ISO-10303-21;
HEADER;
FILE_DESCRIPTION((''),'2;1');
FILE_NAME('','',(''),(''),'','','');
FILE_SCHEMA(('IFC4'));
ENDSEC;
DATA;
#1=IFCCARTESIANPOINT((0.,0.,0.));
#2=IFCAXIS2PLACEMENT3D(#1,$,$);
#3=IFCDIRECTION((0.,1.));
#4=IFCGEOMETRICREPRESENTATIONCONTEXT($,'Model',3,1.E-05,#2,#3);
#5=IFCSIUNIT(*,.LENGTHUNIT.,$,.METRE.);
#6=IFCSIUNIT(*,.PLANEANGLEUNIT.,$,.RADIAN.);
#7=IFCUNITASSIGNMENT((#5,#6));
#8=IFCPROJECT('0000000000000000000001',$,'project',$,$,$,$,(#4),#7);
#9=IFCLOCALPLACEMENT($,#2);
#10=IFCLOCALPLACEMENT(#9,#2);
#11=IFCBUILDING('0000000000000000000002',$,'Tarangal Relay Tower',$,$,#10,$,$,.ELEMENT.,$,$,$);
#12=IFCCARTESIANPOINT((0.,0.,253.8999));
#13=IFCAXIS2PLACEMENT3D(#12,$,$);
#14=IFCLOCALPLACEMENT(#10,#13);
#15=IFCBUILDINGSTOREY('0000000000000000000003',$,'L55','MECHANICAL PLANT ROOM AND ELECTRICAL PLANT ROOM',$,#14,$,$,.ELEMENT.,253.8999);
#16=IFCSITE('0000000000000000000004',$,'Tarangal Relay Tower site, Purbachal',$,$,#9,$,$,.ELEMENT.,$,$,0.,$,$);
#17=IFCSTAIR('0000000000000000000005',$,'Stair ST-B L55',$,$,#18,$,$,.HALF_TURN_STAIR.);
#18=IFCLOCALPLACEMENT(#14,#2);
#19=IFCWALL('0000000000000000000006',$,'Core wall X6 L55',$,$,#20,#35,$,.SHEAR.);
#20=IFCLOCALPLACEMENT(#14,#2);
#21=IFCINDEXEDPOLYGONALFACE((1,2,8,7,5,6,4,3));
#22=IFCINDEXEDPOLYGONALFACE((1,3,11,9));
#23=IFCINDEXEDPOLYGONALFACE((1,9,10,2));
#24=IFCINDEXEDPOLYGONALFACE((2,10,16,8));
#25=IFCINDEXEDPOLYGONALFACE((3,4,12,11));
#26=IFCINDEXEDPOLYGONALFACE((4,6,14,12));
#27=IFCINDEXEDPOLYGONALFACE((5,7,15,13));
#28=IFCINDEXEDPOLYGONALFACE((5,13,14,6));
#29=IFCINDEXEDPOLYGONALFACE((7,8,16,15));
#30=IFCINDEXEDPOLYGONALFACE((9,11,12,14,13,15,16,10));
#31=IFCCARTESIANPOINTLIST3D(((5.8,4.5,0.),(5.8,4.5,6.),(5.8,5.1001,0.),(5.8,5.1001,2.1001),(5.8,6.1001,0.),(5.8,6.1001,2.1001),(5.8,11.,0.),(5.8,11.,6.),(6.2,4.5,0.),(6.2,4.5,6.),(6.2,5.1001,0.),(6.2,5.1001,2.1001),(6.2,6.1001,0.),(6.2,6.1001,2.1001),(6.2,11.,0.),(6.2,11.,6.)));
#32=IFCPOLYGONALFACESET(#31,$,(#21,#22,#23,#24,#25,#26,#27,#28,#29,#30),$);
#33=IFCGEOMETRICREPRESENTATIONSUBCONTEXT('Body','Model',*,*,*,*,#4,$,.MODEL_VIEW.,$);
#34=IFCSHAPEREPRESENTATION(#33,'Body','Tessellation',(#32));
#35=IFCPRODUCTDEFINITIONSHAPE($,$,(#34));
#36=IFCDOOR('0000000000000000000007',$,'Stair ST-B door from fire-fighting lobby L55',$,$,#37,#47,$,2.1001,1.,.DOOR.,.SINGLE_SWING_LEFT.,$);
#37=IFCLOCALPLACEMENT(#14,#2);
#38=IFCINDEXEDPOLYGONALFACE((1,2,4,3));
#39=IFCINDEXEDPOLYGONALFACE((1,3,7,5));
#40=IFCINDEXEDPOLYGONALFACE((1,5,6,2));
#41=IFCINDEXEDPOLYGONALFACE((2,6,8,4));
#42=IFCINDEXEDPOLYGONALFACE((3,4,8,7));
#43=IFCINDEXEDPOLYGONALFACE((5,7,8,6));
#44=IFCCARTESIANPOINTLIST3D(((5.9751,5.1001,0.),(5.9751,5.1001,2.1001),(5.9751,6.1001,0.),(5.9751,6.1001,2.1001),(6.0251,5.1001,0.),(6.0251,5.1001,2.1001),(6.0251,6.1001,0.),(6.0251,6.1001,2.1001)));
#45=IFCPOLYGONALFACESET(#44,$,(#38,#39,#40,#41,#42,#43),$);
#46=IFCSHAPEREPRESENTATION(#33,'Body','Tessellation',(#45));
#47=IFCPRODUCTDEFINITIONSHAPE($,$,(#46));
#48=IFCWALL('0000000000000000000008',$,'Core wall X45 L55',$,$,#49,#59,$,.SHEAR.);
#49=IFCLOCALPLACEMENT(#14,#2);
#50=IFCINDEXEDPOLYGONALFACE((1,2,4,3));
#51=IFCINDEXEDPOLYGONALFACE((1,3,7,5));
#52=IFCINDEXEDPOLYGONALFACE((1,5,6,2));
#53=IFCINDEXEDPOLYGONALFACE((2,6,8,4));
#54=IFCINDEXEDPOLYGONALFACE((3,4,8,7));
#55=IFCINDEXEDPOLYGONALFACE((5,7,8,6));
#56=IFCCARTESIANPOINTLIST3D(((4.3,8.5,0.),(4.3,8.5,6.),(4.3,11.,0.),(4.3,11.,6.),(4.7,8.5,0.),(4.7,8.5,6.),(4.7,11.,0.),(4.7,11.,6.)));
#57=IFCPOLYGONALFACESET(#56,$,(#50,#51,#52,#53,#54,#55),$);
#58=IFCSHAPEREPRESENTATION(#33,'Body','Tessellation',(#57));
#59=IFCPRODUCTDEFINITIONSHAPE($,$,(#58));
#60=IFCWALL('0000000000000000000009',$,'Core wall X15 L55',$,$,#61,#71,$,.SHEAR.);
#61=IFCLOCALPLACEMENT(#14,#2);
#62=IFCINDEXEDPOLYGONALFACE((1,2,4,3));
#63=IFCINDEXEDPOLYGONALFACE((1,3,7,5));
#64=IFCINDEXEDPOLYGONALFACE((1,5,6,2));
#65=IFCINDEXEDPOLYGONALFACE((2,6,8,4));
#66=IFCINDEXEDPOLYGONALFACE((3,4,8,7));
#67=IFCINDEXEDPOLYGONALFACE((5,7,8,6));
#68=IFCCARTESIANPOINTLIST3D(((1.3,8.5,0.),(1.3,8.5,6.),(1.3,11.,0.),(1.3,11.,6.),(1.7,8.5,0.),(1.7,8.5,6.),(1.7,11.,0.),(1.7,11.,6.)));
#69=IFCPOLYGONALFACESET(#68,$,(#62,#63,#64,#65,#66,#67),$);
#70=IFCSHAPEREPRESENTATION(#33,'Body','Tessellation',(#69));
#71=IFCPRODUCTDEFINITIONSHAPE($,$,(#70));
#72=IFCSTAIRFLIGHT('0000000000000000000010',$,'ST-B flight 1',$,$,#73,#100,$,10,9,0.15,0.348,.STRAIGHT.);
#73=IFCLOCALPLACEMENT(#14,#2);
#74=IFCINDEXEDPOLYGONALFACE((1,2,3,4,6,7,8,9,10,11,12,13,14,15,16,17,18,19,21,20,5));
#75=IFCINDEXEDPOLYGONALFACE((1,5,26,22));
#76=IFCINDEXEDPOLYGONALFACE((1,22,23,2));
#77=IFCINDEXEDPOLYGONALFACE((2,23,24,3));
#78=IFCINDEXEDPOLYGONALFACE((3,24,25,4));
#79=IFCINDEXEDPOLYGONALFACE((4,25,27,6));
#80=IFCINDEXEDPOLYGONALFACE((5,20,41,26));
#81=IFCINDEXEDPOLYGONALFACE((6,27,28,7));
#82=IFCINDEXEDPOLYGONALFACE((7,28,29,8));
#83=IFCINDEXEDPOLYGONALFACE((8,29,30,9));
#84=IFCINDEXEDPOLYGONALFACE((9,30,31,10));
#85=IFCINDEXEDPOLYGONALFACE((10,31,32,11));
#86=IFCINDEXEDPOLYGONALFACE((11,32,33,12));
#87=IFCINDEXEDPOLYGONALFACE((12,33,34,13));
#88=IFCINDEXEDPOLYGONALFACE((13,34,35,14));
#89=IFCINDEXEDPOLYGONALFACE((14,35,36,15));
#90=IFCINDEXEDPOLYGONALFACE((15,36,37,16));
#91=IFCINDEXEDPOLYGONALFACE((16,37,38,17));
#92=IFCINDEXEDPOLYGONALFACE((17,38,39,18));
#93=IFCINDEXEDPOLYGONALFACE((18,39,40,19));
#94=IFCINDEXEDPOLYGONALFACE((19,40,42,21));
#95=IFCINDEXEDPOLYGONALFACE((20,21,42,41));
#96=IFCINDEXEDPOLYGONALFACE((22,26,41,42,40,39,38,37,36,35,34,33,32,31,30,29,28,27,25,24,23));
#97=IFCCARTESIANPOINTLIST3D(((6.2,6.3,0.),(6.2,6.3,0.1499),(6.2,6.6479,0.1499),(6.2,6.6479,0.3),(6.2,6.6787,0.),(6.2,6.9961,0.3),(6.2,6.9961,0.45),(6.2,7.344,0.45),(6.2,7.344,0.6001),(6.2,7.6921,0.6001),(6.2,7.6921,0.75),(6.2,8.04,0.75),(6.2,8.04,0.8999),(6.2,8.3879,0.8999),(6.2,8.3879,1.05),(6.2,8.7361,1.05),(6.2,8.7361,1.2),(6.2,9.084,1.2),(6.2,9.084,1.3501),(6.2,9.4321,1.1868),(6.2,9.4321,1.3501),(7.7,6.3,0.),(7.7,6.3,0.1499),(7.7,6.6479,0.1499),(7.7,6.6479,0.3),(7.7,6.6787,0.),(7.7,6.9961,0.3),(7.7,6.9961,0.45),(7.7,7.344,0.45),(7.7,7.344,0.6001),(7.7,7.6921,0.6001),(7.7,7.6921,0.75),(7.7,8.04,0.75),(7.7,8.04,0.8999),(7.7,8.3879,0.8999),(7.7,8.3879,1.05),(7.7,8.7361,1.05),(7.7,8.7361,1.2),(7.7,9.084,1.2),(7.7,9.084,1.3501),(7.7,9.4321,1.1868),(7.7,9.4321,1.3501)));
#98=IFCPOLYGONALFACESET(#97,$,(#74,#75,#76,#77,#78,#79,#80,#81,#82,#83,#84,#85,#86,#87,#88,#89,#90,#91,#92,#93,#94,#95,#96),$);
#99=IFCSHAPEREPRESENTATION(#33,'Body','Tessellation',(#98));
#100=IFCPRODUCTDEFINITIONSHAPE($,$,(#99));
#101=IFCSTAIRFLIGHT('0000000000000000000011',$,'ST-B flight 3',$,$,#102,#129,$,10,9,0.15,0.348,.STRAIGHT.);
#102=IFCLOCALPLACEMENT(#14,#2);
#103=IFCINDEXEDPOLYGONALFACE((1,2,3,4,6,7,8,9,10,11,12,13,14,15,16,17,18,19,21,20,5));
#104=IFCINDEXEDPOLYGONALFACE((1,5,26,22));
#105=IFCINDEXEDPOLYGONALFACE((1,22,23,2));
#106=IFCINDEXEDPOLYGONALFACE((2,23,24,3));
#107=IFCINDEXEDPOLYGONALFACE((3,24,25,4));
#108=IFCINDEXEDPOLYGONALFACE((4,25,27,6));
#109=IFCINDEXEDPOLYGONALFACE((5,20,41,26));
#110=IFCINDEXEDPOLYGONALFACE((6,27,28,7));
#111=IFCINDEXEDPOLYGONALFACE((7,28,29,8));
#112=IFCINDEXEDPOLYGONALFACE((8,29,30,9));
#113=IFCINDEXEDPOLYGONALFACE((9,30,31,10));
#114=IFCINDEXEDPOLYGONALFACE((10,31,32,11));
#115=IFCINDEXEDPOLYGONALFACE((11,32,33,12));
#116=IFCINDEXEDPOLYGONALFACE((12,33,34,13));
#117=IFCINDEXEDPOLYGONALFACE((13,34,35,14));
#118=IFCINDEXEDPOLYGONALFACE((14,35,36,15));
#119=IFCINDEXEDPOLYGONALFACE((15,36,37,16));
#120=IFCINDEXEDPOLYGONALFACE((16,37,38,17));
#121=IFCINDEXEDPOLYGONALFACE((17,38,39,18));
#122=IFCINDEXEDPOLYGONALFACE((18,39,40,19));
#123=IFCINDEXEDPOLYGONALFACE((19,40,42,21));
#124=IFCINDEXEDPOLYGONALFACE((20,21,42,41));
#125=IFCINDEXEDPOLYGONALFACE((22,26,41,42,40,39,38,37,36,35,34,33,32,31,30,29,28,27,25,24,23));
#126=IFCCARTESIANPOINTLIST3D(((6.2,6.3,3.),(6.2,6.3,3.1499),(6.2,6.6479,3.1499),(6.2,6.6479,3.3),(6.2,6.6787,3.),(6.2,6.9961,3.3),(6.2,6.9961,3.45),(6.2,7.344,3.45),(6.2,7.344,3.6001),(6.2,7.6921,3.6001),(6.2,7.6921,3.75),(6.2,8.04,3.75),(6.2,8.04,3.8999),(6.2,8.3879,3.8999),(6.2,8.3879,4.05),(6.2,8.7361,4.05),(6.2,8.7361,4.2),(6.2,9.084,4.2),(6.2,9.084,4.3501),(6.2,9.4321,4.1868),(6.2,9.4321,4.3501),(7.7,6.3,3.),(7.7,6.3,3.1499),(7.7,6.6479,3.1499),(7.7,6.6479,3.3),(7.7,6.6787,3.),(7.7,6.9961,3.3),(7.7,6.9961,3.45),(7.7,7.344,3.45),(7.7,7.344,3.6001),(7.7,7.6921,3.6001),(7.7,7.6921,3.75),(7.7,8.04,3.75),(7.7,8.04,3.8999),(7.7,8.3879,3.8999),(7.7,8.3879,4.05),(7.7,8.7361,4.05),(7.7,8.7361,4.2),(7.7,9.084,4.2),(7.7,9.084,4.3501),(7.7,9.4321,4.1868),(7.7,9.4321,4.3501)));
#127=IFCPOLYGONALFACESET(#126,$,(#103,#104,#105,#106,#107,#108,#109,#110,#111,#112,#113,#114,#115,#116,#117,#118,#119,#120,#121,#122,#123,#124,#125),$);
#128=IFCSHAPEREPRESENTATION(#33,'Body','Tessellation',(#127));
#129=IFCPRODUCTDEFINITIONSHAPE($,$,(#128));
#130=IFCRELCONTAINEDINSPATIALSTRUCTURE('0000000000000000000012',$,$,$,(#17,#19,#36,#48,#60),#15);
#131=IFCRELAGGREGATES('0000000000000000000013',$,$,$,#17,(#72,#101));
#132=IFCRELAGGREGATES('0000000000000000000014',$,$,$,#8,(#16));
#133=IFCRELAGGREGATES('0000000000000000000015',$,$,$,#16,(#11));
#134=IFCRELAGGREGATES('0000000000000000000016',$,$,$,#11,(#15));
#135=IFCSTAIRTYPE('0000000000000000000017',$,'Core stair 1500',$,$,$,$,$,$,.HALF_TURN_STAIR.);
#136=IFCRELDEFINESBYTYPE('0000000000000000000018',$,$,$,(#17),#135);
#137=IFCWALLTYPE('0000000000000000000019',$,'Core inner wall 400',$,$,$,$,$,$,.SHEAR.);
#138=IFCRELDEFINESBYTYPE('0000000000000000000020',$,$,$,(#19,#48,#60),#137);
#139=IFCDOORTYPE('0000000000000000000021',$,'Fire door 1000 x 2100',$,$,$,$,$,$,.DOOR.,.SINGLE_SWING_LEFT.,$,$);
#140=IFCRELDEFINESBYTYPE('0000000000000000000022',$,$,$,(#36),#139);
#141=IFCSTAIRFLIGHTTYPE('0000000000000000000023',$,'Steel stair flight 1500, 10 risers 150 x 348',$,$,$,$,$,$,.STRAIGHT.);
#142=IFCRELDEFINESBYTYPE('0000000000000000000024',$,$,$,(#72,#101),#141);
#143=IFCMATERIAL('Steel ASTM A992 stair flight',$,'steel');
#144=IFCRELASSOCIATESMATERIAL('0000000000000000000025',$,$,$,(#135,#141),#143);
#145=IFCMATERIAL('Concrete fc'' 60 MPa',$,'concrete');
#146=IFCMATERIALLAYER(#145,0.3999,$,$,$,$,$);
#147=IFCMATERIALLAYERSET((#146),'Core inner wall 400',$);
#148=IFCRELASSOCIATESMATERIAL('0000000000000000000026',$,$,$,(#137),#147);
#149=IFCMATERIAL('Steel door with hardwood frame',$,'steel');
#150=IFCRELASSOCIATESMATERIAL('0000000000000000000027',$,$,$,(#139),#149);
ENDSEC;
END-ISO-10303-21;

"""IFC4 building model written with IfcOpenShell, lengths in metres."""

from ifc_helpers import new_model, si_unit, direction, frame, frame_2d, origin, place, context, subcontext, project, spatial, polyline, rectangle, outline, extrude, material, layer, layer_set, type_object, element, fill, aggregate, save


model = new_model("IFC4")

# Units and contexts
model_context = context("Model", 3, precision=1e-05, world=origin(), true_north=direction((0.0, 1.0)))
body_context = subcontext(model_context, "Body", "Model", "MODEL_VIEW")
ifc_project = project(units=[si_unit("LENGTHUNIT", "METRE"), si_unit("PLANEANGLEUNIT", "RADIAN")], contexts=[model_context])

# Site, building, storey
site_placement = place(None, origin())
site = spatial("IfcSite", under=ifc_project, at=site_placement, Name="Tarangal Relay Tower site, Purbachal", CompositionType="ELEMENT", RefElevation=0.0)
building_placement = place(site_placement, origin())
building = spatial("IfcBuilding", under=site, at=building_placement, Name="Tarangal Relay Tower", CompositionType="ELEMENT")
storey_placement = place(building_placement, frame((0.0, 0.0, 253.8999)))
storey = spatial("IfcBuildingStorey", under=building, at=storey_placement, Name="L55", Description="MECHANICAL PLANT ROOM AND ELECTRICAL PLANT ROOM", CompositionType="ELEMENT", Elevation=253.8999)

# Stair
ifc_material_1 = material(Name="Steel ASTM A992 stair flight", Category="steel")
stair_type = type_object("IfcStairType", Name="Core stair 1500", PredefinedType="HALF_TURN_STAIR", material=ifc_material_1)
stair_1_placement = place(storey_placement, origin())
stair_1 = element("IfcStair", 1, at=stair_1_placement, inside=storey, type_object=stair_type, Name="Stair ST-B L55", PredefinedType="HALF_TURN_STAIR")

# Shared definitions
ifc_material_2 = material(Name="Concrete fc' 60 MPa", Category="concrete")
ifc_layer_1 = layer(ifc_material_2, 0.3999)
ifc_layer_set_1 = layer_set([ifc_layer_1], Name="Core inner wall 400")
wall_type = type_object("IfcWallType", Name="Core inner wall 400", PredefinedType="SHEAR", material=ifc_layer_set_1)

# Wall, opening, door
wall_placement = place(storey_placement, frame((6.0, 4.5, 0.0), z_axis=(0.0, 0.0, 1.0), x_axis=(0.0, 1.0, 0.0)))
wall = element("IfcWall", 2, at=wall_placement, inside=storey, type_object=wall_type, Name="Core wall X6 L55", PredefinedType="SHEAR", context=body_context, shape_type="SweptSolid", body=[
    extrude(rectangle(XDim=6.5, YDim=0.3999, at=frame_2d((3.25, 0.0))), origin(), (0.0, 0.0, 1.0), 6.0),
])
opening_placement = place(wall_placement, frame((0.6001, 0.0, 0.0)))
opening = element("IfcOpeningElement", 3, at=opening_placement, cuts=wall, PredefinedType="OPENING", context=body_context, shape_type="SweptSolid", body=[
    extrude(rectangle(XDim=1.0, YDim=2.1001, at=frame_2d((0.5, 1.05))), frame((0.0, 0.21, 0.0), z_axis=(0.0, -1.0, 0.0), x_axis=(1.0, 0.0, 0.0)), (0.0, 0.0, 1.0), 0.4199),
])
ifc_material_3 = material(Name="Steel door with hardwood frame", Category="steel")
door_type = type_object("IfcDoorType", Name="Fire door 1000 x 2100", OperationType="SINGLE_SWING_LEFT", PredefinedType="DOOR", material=ifc_material_3)
door_placement = place(opening_placement, origin())
door = element("IfcDoor", 4, at=door_placement, inside=storey, type_object=door_type, Name="Stair ST-B door from fire-fighting lobby L55", OperationType="SINGLE_SWING_LEFT", OverallHeight=2.1001, OverallWidth=1.0, PredefinedType="DOOR", context=body_context, shape_type="SweptSolid", body=[
    extrude(rectangle(XDim=1.0, YDim=2.1001, at=frame_2d((0.5, 1.05))), frame((0.0, 0.0249, 0.0), z_axis=(0.0, -1.0, 0.0), x_axis=(1.0, 0.0, 0.0)), (0.0, 0.0, 1.0), 0.05),
])
fill(opening, door)

# Walls
for number, where, z_axis, x_axis, name in (
    (5, (4.5, 8.5, 0.0), (0.0, 0.0, 1.0), (0.0, 1.0, 0.0), "Core wall X45 L55"),
    (6, (1.5, 8.5, 0.0), (0.0, 0.0, 1.0), (0.0, 1.0, 0.0), "Core wall X15 L55"),
):
    element("IfcWall", number, at=place(storey_placement, frame(where, z_axis=z_axis, x_axis=x_axis)), inside=storey, type_object=wall_type, Name=name, PredefinedType="SHEAR", context=body_context, shape_type="SweptSolid", body=[
        extrude(rectangle(XDim=2.5, YDim=0.3999, at=frame_2d((1.25, 0.0))), origin(), (0.0, 0.0, 1.0), 6.0),
    ])

# Stair flights
stair_flight_type = type_object("IfcStairFlightType", Name="Steel stair flight 1500, 10 risers 150 x 348", PredefinedType="STRAIGHT", material=ifc_material_1)
stair_flight_1_placement = place(storey_placement, frame((6.95, 6.3, 0.0), z_axis=(0.0, 0.0, 1.0), x_axis=(0.0, 1.0, 0.0)))
stair_flight_1 = element("IfcStairFlight", 7, at=stair_flight_1_placement, type_object=stair_flight_type, Name="ST-B flight 1", NumberOfRisers=10, NumberOfTreads=9, PredefinedType="STRAIGHT", RiserHeight=0.15, TreadLength=0.348, context=body_context, shape_type="SweptSolid", body=[
    extrude(outline(polyline([(0.0, 0.0), (0.0, 0.1499), (0.3479, 0.1499), (0.3479, 0.3), (0.696, 0.3), (0.696, 0.45), (1.0439, 0.45), (1.0439, 0.6001), (1.3921, 0.6001), (1.3921, 0.75), (1.74, 0.75), (1.74, 0.8999), (2.0879, 0.8999), (2.0879, 1.05), (2.436, 1.05), (2.436, 1.2), (2.7839, 1.2), (2.7839, 1.3501), (3.1321, 1.3501), (3.1321, 1.5), (3.1321, 1.1868), (0.3787, 0.0), (0.0, 0.0)])), frame((0.0, 0.75, 0.0), z_axis=(0.0, -1.0, 0.0), x_axis=(1.0, 0.0, 0.0)), (0.0, 0.0, 1.0), 1.5),
])
stair_flight_2_placement = place(storey_placement, frame((6.95, 6.3, 3.0), z_axis=(0.0, 0.0, 1.0), x_axis=(0.0, 1.0, 0.0)))
stair_flight_2 = element("IfcStairFlight", 8, at=stair_flight_2_placement, type_object=stair_flight_type, Name="ST-B flight 3", NumberOfRisers=10, NumberOfTreads=9, PredefinedType="STRAIGHT", RiserHeight=0.15, TreadLength=0.348, context=body_context, shape_type="SweptSolid", body=[
    extrude(outline(polyline([(0.0, 0.0), (0.0, 0.1499), (0.3479, 0.1499), (0.3479, 0.3), (0.696, 0.3), (0.696, 0.45), (1.0439, 0.45), (1.0439, 0.6001), (1.3921, 0.6001), (1.3921, 0.75), (1.74, 0.75), (1.74, 0.8999), (2.0879, 0.8999), (2.0879, 1.05), (2.436, 1.05), (2.436, 1.2), (2.7839, 1.2), (2.7839, 1.3501), (3.1321, 1.3501), (3.1321, 1.5), (3.1321, 1.1868), (0.3787, 0.0), (0.0, 0.0)])), frame((0.0, 0.75, 0.0), z_axis=(0.0, -1.0, 0.0), x_axis=(1.0, 0.0, 0.0)), (0.0, 0.0, 1.0), 1.5),
])
aggregate(stair_1, [stair_flight_1, stair_flight_2])

save(model, "model.ifc")
